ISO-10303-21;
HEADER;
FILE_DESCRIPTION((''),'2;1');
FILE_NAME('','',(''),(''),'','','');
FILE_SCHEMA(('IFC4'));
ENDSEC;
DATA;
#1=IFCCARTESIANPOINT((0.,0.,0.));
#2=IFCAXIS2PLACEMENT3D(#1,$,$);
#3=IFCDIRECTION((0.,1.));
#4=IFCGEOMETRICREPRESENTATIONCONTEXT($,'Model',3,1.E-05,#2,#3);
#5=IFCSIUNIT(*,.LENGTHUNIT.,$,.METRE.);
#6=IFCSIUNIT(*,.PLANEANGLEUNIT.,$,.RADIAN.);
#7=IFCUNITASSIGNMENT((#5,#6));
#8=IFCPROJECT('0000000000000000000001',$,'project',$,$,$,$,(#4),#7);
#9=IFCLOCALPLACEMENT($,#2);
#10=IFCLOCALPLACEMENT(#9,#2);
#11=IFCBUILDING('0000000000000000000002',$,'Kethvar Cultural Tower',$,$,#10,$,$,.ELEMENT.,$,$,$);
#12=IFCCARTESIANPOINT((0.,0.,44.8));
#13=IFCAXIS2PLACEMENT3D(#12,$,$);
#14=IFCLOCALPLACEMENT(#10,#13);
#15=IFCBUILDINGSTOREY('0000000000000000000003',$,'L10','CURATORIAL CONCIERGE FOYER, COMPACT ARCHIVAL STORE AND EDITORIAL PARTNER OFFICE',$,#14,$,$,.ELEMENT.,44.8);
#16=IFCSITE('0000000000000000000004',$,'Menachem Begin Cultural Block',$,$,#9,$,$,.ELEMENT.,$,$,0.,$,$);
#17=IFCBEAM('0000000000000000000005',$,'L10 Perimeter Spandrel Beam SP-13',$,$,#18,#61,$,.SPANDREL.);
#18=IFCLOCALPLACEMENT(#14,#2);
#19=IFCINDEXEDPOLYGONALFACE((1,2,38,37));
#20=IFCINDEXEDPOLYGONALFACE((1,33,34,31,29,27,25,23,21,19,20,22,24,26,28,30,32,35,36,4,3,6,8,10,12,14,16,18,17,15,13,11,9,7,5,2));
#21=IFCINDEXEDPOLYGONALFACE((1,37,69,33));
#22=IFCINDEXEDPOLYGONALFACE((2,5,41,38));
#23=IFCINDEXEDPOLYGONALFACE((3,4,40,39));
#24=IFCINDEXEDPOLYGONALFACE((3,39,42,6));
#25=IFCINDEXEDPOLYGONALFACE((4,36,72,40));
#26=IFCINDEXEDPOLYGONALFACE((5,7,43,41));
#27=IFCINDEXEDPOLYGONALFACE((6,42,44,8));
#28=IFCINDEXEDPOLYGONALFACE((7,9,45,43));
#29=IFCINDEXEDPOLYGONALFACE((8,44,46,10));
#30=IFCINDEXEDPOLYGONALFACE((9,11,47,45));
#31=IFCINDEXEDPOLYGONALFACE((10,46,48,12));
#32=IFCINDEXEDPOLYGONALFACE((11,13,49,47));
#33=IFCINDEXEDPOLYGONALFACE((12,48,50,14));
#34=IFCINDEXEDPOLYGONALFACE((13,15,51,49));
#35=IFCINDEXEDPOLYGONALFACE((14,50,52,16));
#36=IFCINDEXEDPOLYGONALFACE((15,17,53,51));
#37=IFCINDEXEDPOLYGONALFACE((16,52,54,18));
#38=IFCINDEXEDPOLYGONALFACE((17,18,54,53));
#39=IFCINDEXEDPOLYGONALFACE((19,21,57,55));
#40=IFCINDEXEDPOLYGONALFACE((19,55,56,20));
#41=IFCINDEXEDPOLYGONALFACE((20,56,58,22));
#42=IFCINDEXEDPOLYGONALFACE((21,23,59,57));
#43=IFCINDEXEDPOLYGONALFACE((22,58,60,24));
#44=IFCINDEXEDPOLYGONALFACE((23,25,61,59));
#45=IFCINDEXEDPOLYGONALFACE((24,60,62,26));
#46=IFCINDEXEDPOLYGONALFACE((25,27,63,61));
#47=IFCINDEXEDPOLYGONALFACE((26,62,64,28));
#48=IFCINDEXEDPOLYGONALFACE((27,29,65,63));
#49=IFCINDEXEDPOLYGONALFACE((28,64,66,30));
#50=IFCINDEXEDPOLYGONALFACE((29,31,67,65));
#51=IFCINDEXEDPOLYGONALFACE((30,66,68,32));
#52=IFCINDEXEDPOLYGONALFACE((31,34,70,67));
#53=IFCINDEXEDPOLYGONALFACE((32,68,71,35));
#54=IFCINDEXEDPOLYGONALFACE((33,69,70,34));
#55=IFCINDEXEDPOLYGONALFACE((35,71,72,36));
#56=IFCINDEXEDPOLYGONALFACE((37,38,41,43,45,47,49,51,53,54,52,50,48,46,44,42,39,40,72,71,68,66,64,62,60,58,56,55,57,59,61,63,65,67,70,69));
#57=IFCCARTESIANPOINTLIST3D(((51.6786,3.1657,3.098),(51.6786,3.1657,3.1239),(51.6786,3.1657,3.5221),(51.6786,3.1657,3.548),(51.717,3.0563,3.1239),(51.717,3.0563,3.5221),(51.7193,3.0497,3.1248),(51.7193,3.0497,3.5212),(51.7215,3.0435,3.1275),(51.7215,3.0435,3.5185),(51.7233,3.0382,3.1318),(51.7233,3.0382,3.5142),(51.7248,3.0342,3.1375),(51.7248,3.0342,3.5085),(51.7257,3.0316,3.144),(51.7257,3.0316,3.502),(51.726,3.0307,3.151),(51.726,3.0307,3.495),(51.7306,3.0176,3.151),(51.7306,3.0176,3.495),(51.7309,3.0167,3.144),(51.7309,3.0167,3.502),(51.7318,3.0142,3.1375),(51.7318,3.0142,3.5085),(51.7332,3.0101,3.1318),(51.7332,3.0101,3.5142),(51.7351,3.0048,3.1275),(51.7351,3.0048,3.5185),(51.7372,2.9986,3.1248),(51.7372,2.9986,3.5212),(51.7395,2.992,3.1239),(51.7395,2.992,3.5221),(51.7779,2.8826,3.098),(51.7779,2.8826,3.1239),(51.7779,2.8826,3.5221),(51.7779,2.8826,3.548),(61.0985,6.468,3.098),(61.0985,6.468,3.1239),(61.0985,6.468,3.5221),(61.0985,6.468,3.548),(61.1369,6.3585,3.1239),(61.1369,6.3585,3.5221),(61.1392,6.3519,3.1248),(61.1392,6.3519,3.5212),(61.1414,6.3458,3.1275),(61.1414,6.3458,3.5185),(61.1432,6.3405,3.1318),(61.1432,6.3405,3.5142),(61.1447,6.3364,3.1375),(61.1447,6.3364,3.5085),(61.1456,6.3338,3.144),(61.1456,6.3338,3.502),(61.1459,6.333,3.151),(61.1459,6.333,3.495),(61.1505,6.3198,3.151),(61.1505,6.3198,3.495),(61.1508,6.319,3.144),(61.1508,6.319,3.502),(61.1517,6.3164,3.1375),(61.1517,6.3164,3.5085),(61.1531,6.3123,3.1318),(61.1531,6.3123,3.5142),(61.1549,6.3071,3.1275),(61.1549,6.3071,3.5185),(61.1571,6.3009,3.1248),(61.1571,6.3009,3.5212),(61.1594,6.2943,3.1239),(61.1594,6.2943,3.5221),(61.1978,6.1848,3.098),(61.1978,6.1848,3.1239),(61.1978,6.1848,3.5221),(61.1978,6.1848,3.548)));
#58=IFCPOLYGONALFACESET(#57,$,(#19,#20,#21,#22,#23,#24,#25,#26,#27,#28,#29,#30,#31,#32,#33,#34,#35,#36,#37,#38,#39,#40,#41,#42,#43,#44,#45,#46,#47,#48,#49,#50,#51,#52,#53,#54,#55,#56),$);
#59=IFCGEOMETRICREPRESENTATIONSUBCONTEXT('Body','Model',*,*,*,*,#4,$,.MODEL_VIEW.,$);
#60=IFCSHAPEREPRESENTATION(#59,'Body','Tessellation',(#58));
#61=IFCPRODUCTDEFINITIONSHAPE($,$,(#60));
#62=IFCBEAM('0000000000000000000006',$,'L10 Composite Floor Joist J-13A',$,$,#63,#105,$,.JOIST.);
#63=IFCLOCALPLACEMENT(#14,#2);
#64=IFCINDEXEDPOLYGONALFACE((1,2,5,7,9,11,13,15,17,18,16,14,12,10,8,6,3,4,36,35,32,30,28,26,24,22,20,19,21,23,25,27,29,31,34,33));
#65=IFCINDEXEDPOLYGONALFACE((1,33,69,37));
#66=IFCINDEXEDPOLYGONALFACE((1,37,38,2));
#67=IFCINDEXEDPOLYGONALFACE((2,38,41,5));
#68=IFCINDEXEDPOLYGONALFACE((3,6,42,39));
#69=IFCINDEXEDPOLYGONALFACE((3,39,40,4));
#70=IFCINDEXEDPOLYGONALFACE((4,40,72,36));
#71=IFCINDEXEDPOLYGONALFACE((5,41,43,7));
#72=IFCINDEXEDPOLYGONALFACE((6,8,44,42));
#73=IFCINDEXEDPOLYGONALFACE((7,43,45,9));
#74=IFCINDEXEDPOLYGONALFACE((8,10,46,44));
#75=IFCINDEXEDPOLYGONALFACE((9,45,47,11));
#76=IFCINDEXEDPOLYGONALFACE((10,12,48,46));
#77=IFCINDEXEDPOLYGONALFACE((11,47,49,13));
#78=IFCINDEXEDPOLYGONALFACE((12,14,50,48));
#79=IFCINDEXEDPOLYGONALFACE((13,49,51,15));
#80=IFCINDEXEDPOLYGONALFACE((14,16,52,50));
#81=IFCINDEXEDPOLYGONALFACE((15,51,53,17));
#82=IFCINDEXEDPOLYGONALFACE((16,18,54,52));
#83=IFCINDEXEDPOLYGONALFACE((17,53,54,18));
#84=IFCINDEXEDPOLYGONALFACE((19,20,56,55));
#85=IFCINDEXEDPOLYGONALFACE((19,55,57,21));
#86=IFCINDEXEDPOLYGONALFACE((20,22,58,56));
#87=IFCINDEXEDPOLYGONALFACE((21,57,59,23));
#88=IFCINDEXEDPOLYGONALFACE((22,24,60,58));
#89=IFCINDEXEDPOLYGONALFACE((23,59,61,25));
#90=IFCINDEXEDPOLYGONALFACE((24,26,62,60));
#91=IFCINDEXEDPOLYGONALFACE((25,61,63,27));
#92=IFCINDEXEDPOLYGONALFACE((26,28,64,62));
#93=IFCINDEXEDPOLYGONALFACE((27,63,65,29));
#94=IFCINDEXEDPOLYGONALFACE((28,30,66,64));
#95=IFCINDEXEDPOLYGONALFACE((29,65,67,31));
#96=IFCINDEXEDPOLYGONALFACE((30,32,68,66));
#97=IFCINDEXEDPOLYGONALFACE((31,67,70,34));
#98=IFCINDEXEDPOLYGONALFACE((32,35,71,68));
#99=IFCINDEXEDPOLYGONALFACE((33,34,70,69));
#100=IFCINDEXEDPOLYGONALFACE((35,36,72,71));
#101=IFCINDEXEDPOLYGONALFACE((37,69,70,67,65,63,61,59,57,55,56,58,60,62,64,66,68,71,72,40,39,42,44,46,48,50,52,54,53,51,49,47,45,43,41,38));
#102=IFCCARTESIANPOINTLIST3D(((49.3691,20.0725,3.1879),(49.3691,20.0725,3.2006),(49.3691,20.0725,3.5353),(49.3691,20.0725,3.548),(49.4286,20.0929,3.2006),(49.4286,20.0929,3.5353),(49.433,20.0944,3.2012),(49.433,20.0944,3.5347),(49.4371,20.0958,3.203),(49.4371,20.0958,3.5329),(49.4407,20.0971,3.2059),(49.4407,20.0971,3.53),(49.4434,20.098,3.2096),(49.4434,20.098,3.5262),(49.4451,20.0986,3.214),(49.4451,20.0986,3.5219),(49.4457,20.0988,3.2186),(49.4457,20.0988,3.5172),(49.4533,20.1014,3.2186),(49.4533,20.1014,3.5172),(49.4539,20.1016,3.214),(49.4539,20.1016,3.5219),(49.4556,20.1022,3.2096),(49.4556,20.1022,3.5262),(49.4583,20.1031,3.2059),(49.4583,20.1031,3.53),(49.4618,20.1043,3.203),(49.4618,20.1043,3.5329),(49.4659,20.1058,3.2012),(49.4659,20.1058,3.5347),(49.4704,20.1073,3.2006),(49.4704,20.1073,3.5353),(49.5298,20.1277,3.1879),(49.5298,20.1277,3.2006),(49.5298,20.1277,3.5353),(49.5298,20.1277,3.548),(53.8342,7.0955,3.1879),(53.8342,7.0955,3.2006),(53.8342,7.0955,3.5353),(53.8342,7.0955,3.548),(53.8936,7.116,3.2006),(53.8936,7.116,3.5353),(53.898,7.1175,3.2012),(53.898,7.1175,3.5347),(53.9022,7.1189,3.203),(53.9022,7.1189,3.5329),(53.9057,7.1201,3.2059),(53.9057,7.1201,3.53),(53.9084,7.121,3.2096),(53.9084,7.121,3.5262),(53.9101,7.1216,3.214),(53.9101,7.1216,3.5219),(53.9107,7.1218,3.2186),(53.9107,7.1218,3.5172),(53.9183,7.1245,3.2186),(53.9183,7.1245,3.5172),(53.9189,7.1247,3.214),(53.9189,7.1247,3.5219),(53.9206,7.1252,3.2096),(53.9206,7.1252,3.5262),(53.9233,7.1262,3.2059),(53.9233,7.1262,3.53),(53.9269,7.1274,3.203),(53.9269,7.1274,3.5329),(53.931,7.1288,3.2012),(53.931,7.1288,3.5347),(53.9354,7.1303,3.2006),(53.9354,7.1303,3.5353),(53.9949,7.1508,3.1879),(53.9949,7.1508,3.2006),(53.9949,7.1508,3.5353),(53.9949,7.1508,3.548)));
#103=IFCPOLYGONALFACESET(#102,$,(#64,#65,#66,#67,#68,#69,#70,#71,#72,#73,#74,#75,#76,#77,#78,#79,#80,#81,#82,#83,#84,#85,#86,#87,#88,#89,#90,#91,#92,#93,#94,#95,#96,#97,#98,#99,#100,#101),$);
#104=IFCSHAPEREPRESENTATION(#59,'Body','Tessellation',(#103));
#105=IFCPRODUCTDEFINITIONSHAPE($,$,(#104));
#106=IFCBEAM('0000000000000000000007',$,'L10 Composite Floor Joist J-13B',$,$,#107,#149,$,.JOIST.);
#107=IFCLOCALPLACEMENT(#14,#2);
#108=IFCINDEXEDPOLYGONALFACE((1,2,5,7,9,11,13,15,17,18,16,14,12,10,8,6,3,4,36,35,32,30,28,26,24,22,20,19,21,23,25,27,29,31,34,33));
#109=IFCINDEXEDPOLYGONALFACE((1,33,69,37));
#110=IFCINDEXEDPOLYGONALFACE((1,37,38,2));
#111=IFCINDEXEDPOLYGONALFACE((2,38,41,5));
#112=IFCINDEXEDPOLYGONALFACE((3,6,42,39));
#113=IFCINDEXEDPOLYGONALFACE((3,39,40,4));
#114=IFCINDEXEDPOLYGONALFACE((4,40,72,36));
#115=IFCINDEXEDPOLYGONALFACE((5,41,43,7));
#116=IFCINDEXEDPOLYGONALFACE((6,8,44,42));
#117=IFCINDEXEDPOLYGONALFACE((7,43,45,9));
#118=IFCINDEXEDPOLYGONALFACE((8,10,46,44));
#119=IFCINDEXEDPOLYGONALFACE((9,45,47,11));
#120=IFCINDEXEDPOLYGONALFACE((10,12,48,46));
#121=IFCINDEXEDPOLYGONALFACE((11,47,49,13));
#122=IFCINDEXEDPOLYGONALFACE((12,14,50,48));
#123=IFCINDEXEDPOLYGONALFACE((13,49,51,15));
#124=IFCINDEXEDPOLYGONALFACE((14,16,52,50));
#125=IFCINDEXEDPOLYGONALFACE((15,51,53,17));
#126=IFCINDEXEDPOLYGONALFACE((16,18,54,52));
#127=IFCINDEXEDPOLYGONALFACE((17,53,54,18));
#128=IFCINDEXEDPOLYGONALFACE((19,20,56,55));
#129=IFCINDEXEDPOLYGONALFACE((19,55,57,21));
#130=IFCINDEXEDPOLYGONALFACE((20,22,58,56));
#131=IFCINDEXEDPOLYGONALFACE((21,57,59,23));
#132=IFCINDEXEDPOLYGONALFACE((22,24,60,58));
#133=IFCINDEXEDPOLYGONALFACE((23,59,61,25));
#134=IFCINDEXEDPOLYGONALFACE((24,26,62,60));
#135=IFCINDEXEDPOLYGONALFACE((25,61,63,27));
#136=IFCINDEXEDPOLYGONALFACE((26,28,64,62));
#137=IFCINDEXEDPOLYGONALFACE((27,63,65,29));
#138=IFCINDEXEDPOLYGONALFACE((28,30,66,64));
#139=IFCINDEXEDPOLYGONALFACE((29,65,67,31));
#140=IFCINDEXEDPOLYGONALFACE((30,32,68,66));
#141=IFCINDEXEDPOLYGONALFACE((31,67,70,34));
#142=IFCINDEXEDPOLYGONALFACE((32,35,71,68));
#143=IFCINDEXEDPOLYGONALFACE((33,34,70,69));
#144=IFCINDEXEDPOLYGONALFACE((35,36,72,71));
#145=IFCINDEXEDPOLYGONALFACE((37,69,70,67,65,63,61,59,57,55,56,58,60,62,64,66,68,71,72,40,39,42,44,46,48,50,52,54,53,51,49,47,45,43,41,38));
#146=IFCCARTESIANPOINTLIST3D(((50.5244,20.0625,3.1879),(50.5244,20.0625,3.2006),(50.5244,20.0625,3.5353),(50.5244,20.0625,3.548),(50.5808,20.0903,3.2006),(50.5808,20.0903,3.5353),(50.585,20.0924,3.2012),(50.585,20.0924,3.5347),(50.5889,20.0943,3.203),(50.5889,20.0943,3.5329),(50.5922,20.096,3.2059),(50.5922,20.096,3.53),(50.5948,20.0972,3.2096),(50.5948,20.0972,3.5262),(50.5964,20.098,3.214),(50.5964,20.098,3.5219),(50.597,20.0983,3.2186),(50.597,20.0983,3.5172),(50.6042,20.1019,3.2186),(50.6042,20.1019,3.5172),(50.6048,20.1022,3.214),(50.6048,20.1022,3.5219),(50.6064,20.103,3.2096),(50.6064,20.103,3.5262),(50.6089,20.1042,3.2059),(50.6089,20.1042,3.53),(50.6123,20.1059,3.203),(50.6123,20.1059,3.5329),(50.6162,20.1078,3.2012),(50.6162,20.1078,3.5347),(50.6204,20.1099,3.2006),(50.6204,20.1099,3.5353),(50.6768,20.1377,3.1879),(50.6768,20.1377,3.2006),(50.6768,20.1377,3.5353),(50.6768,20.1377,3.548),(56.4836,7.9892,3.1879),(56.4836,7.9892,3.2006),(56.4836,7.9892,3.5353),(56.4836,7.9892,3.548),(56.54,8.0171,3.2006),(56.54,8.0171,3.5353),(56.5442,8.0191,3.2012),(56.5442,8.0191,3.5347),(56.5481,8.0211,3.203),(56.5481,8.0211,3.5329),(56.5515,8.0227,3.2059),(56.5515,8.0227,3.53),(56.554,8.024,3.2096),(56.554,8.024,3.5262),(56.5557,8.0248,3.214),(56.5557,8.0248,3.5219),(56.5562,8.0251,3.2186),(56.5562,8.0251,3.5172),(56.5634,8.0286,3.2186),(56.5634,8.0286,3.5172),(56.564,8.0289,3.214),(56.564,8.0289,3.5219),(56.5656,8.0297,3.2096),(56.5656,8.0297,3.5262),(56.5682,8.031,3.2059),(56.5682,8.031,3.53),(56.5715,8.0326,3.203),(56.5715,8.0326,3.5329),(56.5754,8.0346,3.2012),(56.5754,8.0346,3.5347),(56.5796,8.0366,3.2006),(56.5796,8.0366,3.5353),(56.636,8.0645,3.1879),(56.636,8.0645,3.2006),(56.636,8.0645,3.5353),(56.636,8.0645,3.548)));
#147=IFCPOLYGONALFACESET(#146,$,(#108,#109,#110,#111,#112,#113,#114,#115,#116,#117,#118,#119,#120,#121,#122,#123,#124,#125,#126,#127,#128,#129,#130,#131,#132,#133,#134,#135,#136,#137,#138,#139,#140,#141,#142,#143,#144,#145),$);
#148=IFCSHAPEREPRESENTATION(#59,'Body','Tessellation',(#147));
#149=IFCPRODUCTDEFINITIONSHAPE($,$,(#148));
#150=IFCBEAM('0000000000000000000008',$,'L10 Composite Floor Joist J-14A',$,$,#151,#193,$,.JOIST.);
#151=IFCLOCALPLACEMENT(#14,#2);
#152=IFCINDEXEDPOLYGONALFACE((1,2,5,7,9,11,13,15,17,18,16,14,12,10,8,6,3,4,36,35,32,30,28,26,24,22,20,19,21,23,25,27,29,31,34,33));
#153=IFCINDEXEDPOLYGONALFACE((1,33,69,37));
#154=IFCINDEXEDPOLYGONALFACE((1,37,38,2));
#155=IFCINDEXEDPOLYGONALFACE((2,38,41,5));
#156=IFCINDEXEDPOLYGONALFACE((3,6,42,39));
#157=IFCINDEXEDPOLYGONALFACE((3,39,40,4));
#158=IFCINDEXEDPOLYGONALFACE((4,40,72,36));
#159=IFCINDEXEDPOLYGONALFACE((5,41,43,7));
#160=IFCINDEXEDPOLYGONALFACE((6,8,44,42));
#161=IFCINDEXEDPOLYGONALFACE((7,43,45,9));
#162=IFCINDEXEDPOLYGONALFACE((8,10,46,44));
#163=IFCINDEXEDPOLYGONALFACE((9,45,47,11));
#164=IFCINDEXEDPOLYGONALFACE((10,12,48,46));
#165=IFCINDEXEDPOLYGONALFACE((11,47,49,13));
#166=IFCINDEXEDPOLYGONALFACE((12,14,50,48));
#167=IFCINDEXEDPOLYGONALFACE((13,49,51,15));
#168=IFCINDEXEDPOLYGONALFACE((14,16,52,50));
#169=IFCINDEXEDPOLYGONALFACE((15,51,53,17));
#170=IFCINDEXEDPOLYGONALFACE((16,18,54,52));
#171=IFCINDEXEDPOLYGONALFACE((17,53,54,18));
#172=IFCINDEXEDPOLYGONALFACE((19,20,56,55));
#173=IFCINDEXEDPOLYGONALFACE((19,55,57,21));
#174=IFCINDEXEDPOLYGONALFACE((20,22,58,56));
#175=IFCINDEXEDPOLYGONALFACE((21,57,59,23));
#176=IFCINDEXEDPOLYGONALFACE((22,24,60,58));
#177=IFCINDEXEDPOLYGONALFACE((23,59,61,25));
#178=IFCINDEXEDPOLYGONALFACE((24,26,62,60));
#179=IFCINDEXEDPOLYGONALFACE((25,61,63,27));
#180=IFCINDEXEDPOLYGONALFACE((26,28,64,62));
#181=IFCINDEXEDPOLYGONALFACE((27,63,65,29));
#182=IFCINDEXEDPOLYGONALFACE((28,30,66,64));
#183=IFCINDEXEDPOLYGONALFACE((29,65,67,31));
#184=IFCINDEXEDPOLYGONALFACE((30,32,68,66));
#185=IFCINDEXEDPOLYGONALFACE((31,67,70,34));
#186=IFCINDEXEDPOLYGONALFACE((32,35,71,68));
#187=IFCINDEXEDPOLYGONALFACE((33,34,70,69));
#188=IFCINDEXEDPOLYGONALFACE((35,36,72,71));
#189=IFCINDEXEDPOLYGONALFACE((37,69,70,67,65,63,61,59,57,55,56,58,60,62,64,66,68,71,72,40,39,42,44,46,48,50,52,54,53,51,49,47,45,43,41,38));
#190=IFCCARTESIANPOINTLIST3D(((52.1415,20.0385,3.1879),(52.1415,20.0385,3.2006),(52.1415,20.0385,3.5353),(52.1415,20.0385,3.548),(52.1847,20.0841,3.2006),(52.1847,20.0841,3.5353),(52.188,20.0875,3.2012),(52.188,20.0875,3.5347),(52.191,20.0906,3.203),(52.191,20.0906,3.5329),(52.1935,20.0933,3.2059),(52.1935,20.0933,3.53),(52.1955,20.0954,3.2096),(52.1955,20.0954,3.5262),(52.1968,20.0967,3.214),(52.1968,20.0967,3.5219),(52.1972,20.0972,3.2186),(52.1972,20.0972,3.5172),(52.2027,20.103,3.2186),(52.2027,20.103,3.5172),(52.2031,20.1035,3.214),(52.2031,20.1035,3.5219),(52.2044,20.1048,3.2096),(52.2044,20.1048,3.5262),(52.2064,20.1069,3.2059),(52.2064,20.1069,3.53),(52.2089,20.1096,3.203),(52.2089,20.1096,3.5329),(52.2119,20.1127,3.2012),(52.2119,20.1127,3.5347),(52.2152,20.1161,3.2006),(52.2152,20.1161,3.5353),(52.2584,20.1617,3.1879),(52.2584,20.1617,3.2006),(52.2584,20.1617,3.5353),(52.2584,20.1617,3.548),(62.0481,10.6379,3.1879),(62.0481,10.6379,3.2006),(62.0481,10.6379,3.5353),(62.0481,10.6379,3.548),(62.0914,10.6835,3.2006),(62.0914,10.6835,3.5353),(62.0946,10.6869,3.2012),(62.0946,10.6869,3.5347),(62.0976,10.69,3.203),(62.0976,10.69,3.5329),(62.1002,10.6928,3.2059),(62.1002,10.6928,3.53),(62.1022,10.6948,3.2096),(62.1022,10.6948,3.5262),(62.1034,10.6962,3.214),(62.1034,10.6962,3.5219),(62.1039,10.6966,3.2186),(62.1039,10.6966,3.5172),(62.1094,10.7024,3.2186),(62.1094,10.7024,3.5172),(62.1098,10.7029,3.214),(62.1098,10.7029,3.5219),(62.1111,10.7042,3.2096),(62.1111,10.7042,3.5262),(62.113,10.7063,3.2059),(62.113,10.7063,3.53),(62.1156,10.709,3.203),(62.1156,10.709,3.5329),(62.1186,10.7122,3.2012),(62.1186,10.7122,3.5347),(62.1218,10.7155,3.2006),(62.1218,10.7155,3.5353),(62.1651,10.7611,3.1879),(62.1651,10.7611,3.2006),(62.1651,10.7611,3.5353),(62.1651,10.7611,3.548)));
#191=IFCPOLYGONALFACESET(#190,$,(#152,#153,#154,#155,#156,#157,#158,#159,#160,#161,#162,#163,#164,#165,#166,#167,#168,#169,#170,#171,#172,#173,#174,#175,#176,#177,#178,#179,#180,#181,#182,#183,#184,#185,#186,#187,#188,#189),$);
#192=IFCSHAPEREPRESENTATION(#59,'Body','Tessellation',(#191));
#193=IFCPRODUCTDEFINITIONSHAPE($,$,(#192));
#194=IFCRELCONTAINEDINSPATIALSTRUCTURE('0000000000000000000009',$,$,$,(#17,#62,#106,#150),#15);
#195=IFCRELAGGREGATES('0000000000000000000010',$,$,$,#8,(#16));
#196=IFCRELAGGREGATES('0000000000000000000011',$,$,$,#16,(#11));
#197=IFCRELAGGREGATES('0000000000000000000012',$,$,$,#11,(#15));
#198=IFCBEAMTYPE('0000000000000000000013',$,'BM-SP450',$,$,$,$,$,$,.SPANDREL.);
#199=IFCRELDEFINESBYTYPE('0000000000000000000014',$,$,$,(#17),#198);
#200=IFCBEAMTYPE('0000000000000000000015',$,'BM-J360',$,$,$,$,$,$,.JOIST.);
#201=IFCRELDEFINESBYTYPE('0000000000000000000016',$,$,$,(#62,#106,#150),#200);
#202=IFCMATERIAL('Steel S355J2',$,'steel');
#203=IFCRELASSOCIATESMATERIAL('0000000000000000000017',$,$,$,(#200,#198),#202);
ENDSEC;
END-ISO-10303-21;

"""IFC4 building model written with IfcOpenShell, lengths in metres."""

from ifc_helpers import new_model, si_unit, direction, frame, origin, origin_2d, place, context, subcontext, project, spatial, i_section, extrude, source, transform, mapped, material, material_profile, profile_set, type_object, element, save


model = new_model("IFC4")

# Units and contexts
model_context = context("Model", 3, precision=1e-05, world=origin(), true_north=direction((0.0, 1.0)))
body_context = subcontext(model_context, "Body", "Model", "MODEL_VIEW")
ifc_project = project(units=[si_unit("LENGTHUNIT", "METRE"), si_unit("PLANEANGLEUNIT", "RADIAN")], contexts=[model_context])

# Site, building, storey
site_placement = place(None, origin())
site = spatial("IfcSite", under=ifc_project, at=site_placement, Name="Menachem Begin Cultural Block", CompositionType="ELEMENT", RefElevation=0.0)
building_placement = place(site_placement, origin())
building = spatial("IfcBuilding", under=site, at=building_placement, Name="Kethvar Cultural Tower", CompositionType="ELEMENT")
storey_placement = place(building_placement, frame((0.0, 0.0, 44.8)))
storey = spatial("IfcBuildingStorey", under=building, at=storey_placement, Name="L10", Description="CURATORIAL CONCIERGE FOYER, COMPACT ARCHIVAL STORE AND EDITORIAL PARTNER OFFICE", CompositionType="ELEMENT", Elevation=44.8)

# Beams
ifc_material_1 = material(Name="Steel S355J2", Category="steel")
ifc_material_profile_1 = material_profile(ifc_material_1, i_section(OverallWidth=0.1699, OverallDepth=0.3601, WebThickness=0.0081, FlangeThickness=0.0127, FilletRadius=0.0181, at=origin_2d()), Name="Steel S355J2 — IPE360")
ifc_profile_set_1 = profile_set([ifc_material_profile_1], Name="Steel S355J2 — IPE360")
beam_type_1 = type_object("IfcBeamType", Name="BM-J360", PredefinedType="JOIST", material=ifc_profile_set_1)
ifc_material_profile_2 = material_profile(ifc_material_1, i_section(OverallWidth=0.3, OverallDepth=0.45, WebThickness=0.0139, FlangeThickness=0.0259, FilletRadius=0.0271, at=origin_2d()), Name="Steel S355J2 — HEB450")
ifc_profile_set_2 = profile_set([ifc_material_profile_2], Name="Steel S355J2 — HEB450")
beam_type_2 = type_object("IfcBeamType", Name="BM-SP450", PredefinedType="SPANDREL", material=ifc_profile_set_2)
shared_shape_1 = source(origin(), body_context, "Body", "SweptSolid", [
    extrude(i_section(OverallWidth=0.3, OverallDepth=0.45, WebThickness=0.0139, FlangeThickness=0.0259, FilletRadius=0.0271, at=origin_2d()), origin(), (0.0, 0.0, 1.0), 9.9819),
])
beam_1_placement = place(storey_placement, frame((51.7283, 3.0242, 3.323), z_axis=(0.943694, 0.330821, 0.0), x_axis=(-0.330821, 0.943694, 0.0)))
element("IfcBeam", 1, at=beam_1_placement, inside=storey, type_object=beam_type_2, Name="L10 Perimeter Spandrel Beam SP-13", PredefinedType="SPANDREL", context=body_context, shape_type="MappedRepresentation", body=[
    mapped(shared_shape_1, transform((0.0, 0.0, 0.0), scale=1.0)),
])
shared_shape_2 = source(origin(), body_context, "Body", "SweptSolid", [
    extrude(i_section(OverallWidth=0.1699, OverallDepth=0.3601, WebThickness=0.0081, FlangeThickness=0.0127, FilletRadius=0.0181, at=origin_2d()), origin(), (0.0, 0.0, 1.0), 13.7236),
])
beam_2_placement = place(storey_placement, frame((49.4495, 20.1001, 3.3679), z_axis=(0.325355, -0.945592, 0.0), x_axis=(0.945592, 0.325355, 0.0)))
element("IfcBeam", 2, at=beam_2_placement, inside=storey, type_object=beam_type_1, Name="L10 Composite Floor Joist J-13A", PredefinedType="JOIST", context=body_context, shape_type="MappedRepresentation", body=[
    mapped(shared_shape_2, transform((0.0, 0.0, 0.0), scale=1.0)),
])
shared_shape_3 = source(origin(), body_context, "Body", "SweptSolid", [
    extrude(i_section(OverallWidth=0.1699, OverallDepth=0.3601, WebThickness=0.0081, FlangeThickness=0.0127, FilletRadius=0.0181, at=origin_2d()), origin(), (0.0, 0.0, 1.0), 13.4639),
])
beam_3_placement = place(storey_placement, frame((50.6006, 20.1001, 3.3679), z_axis=(0.442609, -0.896715, 0.0), x_axis=(0.896715, 0.442609, 0.0)))
element("IfcBeam", 3, at=beam_3_placement, inside=storey, type_object=beam_type_1, Name="L10 Composite Floor Joist J-13B", PredefinedType="JOIST", context=body_context, shape_type="MappedRepresentation", body=[
    mapped(shared_shape_3, transform((0.0, 0.0, 0.0), scale=1.0)),
])
shared_shape_4 = source(origin(), body_context, "Body", "SweptSolid", [
    extrude(i_section(OverallWidth=0.1699, OverallDepth=0.3601, WebThickness=0.0081, FlangeThickness=0.0127, FilletRadius=0.0181, at=origin_2d()), origin(), (0.0, 0.0, 1.0), 13.657),
])
beam_4_placement = place(storey_placement, frame((52.2, 20.1001, 3.3679), z_axis=(0.725393, -0.688335, 0.0), x_axis=(0.688335, 0.725393, 0.0)))
element("IfcBeam", 4, at=beam_4_placement, inside=storey, type_object=beam_type_1, Name="L10 Composite Floor Joist J-14A", PredefinedType="JOIST", context=body_context, shape_type="MappedRepresentation", body=[
    mapped(shared_shape_4, transform((0.0, 0.0, 0.0), scale=1.0)),
])

save(model, "model.ifc")
